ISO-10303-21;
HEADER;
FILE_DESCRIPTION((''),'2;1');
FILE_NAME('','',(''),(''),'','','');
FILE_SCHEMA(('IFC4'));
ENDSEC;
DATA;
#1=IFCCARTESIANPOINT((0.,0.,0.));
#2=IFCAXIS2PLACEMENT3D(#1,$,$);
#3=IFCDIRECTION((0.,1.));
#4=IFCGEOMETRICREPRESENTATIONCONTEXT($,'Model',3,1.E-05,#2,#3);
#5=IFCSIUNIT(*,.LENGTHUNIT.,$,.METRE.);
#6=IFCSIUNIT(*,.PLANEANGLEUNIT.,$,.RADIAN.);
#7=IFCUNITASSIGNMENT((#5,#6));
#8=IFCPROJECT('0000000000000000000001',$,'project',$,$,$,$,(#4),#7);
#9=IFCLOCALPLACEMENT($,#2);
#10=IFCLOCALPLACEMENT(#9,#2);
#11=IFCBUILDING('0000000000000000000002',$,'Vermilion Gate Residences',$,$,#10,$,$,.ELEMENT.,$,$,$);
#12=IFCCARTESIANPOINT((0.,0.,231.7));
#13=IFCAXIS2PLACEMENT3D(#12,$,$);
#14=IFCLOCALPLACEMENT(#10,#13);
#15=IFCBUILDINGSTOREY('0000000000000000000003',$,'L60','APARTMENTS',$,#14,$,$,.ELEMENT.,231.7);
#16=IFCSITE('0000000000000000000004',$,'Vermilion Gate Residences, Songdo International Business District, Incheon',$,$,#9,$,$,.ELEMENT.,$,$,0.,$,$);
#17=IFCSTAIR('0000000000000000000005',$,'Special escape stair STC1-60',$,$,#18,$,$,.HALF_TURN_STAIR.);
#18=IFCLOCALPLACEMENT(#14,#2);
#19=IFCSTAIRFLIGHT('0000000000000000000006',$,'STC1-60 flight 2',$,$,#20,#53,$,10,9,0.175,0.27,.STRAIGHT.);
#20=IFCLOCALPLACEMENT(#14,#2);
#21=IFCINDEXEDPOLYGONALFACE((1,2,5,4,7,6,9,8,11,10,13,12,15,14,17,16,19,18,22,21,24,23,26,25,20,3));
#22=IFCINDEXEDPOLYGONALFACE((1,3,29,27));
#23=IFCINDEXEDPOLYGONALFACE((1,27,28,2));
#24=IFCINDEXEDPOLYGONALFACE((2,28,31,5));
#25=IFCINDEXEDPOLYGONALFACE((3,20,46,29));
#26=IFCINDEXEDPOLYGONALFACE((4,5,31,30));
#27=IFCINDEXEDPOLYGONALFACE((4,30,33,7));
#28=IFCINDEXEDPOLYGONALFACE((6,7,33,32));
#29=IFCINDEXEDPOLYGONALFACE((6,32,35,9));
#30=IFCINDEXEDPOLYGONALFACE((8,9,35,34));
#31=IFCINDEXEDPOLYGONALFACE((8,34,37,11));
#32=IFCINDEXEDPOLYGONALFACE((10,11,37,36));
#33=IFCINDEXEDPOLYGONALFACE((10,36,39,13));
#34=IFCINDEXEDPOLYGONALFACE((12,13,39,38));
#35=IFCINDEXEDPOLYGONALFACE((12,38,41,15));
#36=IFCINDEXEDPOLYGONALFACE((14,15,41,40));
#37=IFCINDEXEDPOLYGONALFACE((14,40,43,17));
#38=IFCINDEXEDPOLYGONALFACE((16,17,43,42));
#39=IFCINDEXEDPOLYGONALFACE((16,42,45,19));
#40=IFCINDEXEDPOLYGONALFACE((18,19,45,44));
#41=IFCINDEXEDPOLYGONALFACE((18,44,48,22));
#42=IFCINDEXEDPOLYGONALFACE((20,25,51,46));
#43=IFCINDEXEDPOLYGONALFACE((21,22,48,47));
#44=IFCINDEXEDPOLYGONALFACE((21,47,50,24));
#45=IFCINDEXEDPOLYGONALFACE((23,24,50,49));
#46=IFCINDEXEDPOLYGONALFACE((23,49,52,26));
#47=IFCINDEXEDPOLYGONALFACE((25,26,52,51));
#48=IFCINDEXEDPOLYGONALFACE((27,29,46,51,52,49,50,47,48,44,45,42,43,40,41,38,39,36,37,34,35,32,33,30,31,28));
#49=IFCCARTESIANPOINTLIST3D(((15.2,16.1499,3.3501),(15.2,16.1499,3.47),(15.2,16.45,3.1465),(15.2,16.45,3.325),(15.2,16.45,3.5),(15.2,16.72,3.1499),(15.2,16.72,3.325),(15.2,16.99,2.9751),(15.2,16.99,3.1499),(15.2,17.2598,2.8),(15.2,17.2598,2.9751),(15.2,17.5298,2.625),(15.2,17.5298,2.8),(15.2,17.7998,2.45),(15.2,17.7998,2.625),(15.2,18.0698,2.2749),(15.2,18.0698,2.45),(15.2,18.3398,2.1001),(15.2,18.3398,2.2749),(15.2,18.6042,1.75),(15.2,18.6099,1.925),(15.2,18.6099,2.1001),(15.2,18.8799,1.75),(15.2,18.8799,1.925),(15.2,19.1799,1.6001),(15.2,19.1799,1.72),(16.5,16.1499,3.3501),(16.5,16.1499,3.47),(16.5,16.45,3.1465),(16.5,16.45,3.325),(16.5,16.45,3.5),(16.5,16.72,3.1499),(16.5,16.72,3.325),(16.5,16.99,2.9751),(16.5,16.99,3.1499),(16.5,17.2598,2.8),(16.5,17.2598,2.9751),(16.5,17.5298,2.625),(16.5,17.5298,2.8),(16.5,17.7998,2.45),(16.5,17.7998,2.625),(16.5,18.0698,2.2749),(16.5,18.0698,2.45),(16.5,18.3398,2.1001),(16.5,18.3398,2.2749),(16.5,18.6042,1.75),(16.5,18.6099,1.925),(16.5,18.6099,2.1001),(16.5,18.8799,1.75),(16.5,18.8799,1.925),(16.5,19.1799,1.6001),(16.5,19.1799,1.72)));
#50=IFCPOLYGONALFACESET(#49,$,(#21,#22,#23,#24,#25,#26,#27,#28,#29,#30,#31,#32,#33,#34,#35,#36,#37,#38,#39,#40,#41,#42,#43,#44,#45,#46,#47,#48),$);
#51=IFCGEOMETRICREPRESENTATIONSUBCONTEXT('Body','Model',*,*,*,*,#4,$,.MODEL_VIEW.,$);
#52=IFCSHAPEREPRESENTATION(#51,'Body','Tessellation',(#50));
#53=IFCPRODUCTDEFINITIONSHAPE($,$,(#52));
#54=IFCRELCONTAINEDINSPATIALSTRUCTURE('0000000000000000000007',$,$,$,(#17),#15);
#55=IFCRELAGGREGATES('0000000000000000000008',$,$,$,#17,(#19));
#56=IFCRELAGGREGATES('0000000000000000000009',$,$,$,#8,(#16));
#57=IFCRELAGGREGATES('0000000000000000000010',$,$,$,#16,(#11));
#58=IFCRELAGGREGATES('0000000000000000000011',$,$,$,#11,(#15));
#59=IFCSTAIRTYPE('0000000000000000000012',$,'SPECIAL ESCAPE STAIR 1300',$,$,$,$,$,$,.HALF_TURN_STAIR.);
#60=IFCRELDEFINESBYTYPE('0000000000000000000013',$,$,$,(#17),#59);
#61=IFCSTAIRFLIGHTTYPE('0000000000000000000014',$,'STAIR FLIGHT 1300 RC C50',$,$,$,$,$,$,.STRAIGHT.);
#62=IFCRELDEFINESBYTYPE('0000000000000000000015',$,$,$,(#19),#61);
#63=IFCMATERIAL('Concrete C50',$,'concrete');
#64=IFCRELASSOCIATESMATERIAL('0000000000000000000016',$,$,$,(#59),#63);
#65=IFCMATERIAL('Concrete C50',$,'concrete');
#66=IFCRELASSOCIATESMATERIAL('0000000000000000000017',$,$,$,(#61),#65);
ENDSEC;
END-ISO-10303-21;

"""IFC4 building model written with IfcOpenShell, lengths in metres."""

from ifc_helpers import new_model, si_unit, direction, frame, origin, place, context, subcontext, project, spatial, polyline, outline, extrude, material, type_object, element, aggregate, save


model = new_model("IFC4")

# Units and contexts
model_context = context("Model", 3, precision=1e-05, world=origin(), true_north=direction((0.0, 1.0)))
body_context = subcontext(model_context, "Body", "Model", "MODEL_VIEW")
ifc_project = project(units=[si_unit("LENGTHUNIT", "METRE"), si_unit("PLANEANGLEUNIT", "RADIAN")], contexts=[model_context])

# Site, building, storey
site_placement = place(None, origin())
site = spatial("IfcSite", under=ifc_project, at=site_placement, Name="Vermilion Gate Residences, Songdo International Business District, Incheon", CompositionType="ELEMENT", RefElevation=0.0)
building_placement = place(site_placement, origin())
building = spatial("IfcBuilding", under=site, at=building_placement, Name="Vermilion Gate Residences", CompositionType="ELEMENT")
storey_placement = place(building_placement, frame((0.0, 0.0, 231.7)))
storey = spatial("IfcBuildingStorey", under=building, at=storey_placement, Name="L60", Description="APARTMENTS", CompositionType="ELEMENT", Elevation=231.7)

# Stair, stair flight
ifc_material_1 = material(Name="Concrete C50", Category="concrete")
stair_type = type_object("IfcStairType", Name="SPECIAL ESCAPE STAIR 1300", PredefinedType="HALF_TURN_STAIR", material=ifc_material_1)
stair_placement = place(storey_placement, origin())
stair = element("IfcStair", 1, at=stair_placement, inside=storey, type_object=stair_type, Name="Special escape stair STC1-60", PredefinedType="HALF_TURN_STAIR")
ifc_material_2 = material(Name="Concrete C50", Category="concrete")
stair_flight_type = type_object("IfcStairFlightType", Name="STAIR FLIGHT 1300 RC C50", PredefinedType="STRAIGHT", material=ifc_material_2)
stair_flight_placement = place(storey_placement, frame((15.8501, 18.8799, 1.75), z_axis=(0.0, 0.0, 1.0), x_axis=(0.0, -1.0, 0.0)))
stair_flight = element("IfcStairFlight", 2, at=stair_flight_placement, type_object=stair_flight_type, Name="STC1-60 flight 2", NumberOfRisers=10, NumberOfTreads=9, PredefinedType="STRAIGHT", RiserHeight=0.175, TreadLength=0.27, context=body_context, shape_type="SweptSolid", body=[
    extrude(outline(polyline([(-0.3, -0.1499), (-0.3, -0.03), (0.0, 0.0), (0.0, 0.175), (0.27, 0.175), (0.27, 0.3501), (0.54, 0.3501), (0.54, 0.5249), (0.8101, 0.5249), (0.8101, 0.7), (1.0801, 0.7), (1.0801, 0.875), (1.3501, 0.875), (1.3501, 1.05), (1.6201, 1.05), (1.6201, 1.2251), (1.8899, 1.2251), (1.8899, 1.3999), (2.1599, 1.3999), (2.1599, 1.575), (2.4299, 1.575), (2.4299, 1.75), (2.73, 1.72), (2.73, 1.6001), (2.4299, 1.3965), (0.2756, 0.0), (-0.3, -0.1499)])), frame((0.0, 0.6499, 0.0), z_axis=(0.0, -1.0, 0.0), x_axis=(1.0, 0.0, 0.0)), (0.0, 0.0, 1.0), 1.3),
])
aggregate(stair, [stair_flight])

save(model, "model.ifc")
